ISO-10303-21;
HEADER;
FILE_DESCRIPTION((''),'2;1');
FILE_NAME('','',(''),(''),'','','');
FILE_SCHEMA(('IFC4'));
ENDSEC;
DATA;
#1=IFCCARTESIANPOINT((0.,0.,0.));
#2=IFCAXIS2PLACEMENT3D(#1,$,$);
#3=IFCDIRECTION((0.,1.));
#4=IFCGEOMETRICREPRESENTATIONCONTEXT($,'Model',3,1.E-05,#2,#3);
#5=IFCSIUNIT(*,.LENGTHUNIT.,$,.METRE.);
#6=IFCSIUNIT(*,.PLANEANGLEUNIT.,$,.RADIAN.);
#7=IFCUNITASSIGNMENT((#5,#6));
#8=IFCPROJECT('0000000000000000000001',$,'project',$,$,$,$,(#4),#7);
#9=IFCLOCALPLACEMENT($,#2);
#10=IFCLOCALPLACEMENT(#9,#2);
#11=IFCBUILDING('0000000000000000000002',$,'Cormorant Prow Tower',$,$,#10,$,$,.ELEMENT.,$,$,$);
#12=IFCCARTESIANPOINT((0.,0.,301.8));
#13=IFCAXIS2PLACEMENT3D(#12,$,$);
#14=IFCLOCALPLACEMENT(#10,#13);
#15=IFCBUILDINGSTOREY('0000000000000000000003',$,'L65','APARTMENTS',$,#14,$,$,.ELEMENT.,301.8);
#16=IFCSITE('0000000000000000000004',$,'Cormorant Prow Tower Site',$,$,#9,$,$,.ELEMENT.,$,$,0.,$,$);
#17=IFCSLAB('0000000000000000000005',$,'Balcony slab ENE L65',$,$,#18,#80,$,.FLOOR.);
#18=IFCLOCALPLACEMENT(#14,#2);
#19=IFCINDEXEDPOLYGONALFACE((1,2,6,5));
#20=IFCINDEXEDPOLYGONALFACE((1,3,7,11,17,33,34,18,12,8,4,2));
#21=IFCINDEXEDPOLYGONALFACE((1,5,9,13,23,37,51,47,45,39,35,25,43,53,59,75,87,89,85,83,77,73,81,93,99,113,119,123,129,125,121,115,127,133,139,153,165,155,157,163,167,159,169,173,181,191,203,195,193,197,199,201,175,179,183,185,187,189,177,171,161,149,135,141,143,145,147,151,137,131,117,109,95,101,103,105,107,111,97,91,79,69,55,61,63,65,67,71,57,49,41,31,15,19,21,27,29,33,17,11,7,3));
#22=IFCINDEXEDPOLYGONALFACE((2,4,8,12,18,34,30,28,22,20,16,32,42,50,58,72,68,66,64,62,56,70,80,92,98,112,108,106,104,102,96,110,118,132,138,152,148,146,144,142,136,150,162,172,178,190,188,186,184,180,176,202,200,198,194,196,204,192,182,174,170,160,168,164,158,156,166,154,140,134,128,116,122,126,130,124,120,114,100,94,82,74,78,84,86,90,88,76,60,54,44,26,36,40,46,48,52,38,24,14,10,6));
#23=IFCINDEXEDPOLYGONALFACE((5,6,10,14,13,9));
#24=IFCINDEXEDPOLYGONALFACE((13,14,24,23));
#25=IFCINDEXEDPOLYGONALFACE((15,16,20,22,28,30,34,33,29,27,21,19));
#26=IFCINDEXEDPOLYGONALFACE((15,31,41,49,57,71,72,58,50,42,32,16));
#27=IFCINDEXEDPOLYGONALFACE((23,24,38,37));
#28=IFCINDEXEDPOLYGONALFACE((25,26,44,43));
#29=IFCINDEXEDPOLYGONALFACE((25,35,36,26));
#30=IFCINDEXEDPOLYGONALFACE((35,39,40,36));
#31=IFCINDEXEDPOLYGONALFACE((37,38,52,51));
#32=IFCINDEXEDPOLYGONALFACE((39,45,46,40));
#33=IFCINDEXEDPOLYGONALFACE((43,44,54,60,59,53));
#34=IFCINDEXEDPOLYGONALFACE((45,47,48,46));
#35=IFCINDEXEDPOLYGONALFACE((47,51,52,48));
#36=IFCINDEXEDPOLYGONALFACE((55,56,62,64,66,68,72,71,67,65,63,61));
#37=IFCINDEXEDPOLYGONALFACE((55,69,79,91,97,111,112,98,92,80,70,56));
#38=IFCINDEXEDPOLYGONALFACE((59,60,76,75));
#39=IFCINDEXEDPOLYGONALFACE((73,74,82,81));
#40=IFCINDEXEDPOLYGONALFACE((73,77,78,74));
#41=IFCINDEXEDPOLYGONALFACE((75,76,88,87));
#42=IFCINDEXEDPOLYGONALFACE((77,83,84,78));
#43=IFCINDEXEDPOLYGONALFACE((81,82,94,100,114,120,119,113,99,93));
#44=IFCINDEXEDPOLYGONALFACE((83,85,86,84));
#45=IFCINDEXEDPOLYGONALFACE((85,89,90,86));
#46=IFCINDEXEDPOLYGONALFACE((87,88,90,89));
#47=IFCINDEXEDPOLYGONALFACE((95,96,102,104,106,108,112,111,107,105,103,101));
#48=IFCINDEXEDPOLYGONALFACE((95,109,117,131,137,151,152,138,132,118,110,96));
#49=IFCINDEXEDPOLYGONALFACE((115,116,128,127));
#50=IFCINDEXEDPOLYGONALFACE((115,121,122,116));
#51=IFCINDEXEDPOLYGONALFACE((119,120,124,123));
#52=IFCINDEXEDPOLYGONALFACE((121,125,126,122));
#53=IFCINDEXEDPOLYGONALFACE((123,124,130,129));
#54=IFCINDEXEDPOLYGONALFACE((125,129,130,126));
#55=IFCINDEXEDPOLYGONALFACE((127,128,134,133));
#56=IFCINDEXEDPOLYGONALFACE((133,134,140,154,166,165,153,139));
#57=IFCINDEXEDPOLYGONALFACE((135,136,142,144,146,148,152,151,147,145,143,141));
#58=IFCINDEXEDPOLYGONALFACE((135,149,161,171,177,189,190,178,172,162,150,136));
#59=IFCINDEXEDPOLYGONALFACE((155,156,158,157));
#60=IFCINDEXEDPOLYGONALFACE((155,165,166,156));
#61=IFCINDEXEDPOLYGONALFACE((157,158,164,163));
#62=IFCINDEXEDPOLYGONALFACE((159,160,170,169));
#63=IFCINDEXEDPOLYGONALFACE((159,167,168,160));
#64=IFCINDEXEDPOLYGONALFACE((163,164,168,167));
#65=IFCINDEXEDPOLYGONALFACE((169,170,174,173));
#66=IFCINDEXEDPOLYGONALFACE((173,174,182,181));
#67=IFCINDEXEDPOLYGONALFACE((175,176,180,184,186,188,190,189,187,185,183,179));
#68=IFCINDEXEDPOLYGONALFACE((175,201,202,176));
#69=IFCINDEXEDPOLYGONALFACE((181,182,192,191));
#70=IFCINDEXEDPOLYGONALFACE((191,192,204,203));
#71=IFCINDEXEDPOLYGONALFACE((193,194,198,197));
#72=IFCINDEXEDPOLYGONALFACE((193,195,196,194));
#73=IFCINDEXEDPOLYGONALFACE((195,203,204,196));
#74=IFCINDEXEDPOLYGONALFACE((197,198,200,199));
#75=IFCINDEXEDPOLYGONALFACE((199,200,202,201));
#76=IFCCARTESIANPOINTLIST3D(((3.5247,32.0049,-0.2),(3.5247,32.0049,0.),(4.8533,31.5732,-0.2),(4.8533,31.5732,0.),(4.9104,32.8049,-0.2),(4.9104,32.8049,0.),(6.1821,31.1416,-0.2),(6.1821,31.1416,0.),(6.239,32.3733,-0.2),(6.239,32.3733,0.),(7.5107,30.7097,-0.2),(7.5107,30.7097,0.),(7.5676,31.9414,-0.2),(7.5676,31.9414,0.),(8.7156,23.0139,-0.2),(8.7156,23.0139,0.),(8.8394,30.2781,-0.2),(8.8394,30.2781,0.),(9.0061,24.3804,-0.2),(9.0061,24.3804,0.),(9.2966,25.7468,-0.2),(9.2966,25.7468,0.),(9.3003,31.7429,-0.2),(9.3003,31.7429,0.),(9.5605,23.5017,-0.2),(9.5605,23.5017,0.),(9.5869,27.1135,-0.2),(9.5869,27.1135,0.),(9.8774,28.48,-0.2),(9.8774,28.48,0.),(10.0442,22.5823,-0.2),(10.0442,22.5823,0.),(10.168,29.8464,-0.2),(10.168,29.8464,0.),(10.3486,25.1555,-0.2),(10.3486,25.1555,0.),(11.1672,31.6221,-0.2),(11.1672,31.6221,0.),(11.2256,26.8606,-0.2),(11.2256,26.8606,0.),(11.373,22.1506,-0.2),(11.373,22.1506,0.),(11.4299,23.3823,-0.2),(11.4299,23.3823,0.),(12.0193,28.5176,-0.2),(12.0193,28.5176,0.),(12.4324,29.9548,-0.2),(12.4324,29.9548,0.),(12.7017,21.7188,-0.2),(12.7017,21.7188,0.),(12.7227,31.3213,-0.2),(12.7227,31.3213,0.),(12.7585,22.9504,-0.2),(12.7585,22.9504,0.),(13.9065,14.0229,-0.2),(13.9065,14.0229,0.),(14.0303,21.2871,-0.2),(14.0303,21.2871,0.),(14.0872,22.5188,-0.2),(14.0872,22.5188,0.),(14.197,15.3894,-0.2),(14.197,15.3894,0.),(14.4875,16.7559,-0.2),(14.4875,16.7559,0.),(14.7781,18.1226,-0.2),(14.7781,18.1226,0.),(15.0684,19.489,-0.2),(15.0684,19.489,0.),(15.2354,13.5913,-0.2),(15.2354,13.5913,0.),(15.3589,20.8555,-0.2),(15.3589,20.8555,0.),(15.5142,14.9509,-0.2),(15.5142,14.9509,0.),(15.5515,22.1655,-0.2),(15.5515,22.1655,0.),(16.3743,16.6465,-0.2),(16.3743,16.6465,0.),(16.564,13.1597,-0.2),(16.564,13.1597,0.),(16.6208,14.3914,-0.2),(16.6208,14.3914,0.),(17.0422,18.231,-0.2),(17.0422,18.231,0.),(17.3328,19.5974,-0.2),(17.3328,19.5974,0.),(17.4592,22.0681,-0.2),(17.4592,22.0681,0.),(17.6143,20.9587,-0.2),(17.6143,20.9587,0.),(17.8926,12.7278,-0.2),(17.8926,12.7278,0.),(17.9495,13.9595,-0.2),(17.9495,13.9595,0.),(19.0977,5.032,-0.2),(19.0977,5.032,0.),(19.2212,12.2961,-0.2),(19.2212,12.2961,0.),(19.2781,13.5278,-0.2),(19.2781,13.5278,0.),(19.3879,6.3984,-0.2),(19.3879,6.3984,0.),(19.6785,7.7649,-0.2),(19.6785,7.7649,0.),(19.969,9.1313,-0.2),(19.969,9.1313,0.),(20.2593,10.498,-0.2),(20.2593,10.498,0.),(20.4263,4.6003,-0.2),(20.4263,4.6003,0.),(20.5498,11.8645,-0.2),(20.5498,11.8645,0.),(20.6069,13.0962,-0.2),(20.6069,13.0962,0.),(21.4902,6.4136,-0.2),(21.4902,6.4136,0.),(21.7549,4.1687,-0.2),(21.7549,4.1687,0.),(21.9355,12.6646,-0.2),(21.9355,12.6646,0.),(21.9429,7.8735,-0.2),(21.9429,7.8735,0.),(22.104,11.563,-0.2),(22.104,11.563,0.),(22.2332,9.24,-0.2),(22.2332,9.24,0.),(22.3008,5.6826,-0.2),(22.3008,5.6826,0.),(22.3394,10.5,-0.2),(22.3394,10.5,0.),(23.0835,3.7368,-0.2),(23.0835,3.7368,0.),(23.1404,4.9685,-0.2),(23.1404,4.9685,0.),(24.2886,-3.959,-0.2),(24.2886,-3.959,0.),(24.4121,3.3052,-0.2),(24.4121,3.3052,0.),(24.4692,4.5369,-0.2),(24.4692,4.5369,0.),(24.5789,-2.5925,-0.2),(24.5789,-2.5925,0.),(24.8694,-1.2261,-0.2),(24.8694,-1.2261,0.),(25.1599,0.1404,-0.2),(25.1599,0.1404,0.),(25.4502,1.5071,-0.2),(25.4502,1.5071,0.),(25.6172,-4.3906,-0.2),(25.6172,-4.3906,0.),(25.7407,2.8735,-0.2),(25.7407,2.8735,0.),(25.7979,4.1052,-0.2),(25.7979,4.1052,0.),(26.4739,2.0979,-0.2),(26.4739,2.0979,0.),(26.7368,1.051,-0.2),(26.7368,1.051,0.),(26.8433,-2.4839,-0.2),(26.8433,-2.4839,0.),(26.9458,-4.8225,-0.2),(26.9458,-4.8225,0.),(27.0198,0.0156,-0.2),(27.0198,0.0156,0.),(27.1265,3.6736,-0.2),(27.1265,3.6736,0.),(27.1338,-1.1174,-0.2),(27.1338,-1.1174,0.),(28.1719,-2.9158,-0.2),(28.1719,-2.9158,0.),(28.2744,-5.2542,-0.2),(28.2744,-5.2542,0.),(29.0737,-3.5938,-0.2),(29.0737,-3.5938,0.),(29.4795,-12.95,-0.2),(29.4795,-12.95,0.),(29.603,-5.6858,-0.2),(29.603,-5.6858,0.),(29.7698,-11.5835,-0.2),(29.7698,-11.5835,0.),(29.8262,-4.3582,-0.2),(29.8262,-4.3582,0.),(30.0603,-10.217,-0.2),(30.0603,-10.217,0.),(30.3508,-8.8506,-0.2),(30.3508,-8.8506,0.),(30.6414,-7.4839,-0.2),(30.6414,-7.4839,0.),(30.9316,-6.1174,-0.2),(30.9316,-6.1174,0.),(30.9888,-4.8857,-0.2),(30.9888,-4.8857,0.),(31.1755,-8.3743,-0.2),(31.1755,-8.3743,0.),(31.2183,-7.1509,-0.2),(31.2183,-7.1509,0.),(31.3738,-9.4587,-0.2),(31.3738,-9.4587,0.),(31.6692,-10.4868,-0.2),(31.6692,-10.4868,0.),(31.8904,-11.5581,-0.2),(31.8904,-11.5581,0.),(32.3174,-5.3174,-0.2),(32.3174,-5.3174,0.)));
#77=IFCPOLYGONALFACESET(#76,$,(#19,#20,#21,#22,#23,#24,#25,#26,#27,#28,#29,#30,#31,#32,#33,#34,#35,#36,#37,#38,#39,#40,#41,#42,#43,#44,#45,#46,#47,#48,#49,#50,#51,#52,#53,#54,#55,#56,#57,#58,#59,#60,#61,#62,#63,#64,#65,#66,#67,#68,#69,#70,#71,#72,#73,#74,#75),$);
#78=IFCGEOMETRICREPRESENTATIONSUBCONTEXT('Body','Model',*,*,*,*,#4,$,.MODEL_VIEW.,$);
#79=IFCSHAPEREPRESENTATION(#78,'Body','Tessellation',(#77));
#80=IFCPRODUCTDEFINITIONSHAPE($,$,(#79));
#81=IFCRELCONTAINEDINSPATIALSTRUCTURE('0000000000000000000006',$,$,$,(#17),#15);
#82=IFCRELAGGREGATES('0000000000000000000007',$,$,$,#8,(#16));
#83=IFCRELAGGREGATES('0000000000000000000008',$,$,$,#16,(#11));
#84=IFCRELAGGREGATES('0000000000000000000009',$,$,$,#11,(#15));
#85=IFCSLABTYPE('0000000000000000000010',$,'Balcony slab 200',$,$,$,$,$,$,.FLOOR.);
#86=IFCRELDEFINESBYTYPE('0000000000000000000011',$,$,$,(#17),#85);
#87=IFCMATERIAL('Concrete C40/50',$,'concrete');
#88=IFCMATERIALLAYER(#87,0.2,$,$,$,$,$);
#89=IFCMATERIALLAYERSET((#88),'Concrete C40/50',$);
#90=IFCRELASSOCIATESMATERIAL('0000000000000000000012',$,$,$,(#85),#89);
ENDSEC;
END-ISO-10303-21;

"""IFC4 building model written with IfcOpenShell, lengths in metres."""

from ifc_helpers import new_model, si_unit, direction, frame, origin, place, context, subcontext, project, spatial, polyline, outline, extrude, material, layer, layer_set, type_object, element, save


model = new_model("IFC4")

# Units and contexts
model_context = context("Model", 3, precision=1e-05, world=origin(), true_north=direction((0.0, 1.0)))
body_context = subcontext(model_context, "Body", "Model", "MODEL_VIEW")
ifc_project = project(units=[si_unit("LENGTHUNIT", "METRE"), si_unit("PLANEANGLEUNIT", "RADIAN")], contexts=[model_context])

# Site, building, storey
site_placement = place(None, origin())
site = spatial("IfcSite", under=ifc_project, at=site_placement, Name="Cormorant Prow Tower Site", CompositionType="ELEMENT", RefElevation=0.0)
building_placement = place(site_placement, origin())
building = spatial("IfcBuilding", under=site, at=building_placement, Name="Cormorant Prow Tower", CompositionType="ELEMENT")
storey_placement = place(building_placement, frame((0.0, 0.0, 301.8)))
storey = spatial("IfcBuildingStorey", under=building, at=storey_placement, Name="L65", Description="APARTMENTS", CompositionType="ELEMENT", Elevation=301.8)

# Slab
ifc_material_1 = material(Name="Concrete C40/50", Category="concrete")
ifc_layer_1 = layer(ifc_material_1, 0.2)
ifc_layer_set_1 = layer_set([ifc_layer_1], Name="Concrete C40/50")
slab_type_1 = type_object("IfcSlabType", Name="Balcony slab 200", PredefinedType="FLOOR", material=ifc_layer_set_1)
slab_1_placement = place(storey_placement, frame((0.0, 0.0, -0.2)))
element("IfcSlab", 1, at=slab_1_placement, inside=storey, type_object=slab_type_1, Name="Balcony slab ENE L65", PredefinedType="FLOOR", context=body_context, shape_type="SweptSolid", body=[
    extrude(outline(polyline([(29.4795, -12.95), (31.8904, -11.5581), (31.6692, -10.4868), (31.3738, -9.4587), (31.1755, -8.3743), (31.2183, -7.1509), (32.3174, -5.3174), (30.9888, -4.8857), (29.8262, -4.3582), (29.0737, -3.5938), (28.1719, -2.9158), (26.8433, -2.4839), (27.1338, -1.1174), (27.0198, 0.0156), (26.7368, 1.051), (26.4739, 2.0979), (27.1265, 3.6736), (25.7979, 4.1052), (24.4692, 4.5369), (23.1404, 4.9685), (22.3008, 5.6826), (21.4902, 6.4136), (21.9429, 7.8735), (22.2332, 9.24), (22.3394, 10.5), (22.104, 11.563), (21.9355, 12.6646), (20.6069, 13.0962), (19.2781, 13.5278), (17.9495, 13.9595), (16.6208, 14.3914), (15.5142, 14.9509), (16.3743, 16.6465), (17.0422, 18.231), (17.3328, 19.5974), (17.6143, 20.9587), (17.4592, 22.0681), (15.5515, 22.1655), (14.0872, 22.5188), (12.7585, 22.9504), (11.4299, 23.3823), (9.5605, 23.5017), (10.3486, 25.1555), (11.2256, 26.8606), (12.0193, 28.5176), (12.4324, 29.9548), (12.7227, 31.3213), (11.1672, 31.6221), (9.3003, 31.7429), (7.5676, 31.9414), (6.239, 32.3733), (4.9104, 32.8049), (3.5247, 32.0049), (4.8533, 31.5732), (6.1821, 31.1416), (7.5107, 30.7097), (8.8394, 30.2781), (10.168, 29.8464), (9.8774, 28.48), (9.5869, 27.1135), (9.2966, 25.7468), (9.0061, 24.3804), (8.7156, 23.0139), (10.0442, 22.5823), (11.373, 22.1506), (12.7017, 21.7188), (14.0303, 21.2871), (15.3589, 20.8555), (15.0684, 19.489), (14.7781, 18.1226), (14.4875, 16.7559), (14.197, 15.3894), (13.9065, 14.0229), (15.2354, 13.5913), (16.564, 13.1597), (17.8926, 12.7278), (19.2212, 12.2961), (20.5498, 11.8645), (20.2593, 10.498), (19.969, 9.1313), (19.6785, 7.7649), (19.3879, 6.3984), (19.0977, 5.032), (20.4263, 4.6003), (21.7549, 4.1687), (23.0835, 3.7368), (24.4121, 3.3052), (25.7407, 2.8735), (25.4502, 1.5071), (25.1599, 0.1404), (24.8694, -1.2261), (24.5789, -2.5925), (24.2886, -3.959), (25.6172, -4.3906), (26.9458, -4.8225), (28.2744, -5.2542), (29.603, -5.6858), (30.9316, -6.1174), (30.6414, -7.4839), (30.3508, -8.8506), (30.0603, -10.217), (29.7698, -11.5835), (29.4795, -12.95)])), origin(), (0.0, 0.0, 1.0), 0.2),
])

save(model, "model.ifc")
